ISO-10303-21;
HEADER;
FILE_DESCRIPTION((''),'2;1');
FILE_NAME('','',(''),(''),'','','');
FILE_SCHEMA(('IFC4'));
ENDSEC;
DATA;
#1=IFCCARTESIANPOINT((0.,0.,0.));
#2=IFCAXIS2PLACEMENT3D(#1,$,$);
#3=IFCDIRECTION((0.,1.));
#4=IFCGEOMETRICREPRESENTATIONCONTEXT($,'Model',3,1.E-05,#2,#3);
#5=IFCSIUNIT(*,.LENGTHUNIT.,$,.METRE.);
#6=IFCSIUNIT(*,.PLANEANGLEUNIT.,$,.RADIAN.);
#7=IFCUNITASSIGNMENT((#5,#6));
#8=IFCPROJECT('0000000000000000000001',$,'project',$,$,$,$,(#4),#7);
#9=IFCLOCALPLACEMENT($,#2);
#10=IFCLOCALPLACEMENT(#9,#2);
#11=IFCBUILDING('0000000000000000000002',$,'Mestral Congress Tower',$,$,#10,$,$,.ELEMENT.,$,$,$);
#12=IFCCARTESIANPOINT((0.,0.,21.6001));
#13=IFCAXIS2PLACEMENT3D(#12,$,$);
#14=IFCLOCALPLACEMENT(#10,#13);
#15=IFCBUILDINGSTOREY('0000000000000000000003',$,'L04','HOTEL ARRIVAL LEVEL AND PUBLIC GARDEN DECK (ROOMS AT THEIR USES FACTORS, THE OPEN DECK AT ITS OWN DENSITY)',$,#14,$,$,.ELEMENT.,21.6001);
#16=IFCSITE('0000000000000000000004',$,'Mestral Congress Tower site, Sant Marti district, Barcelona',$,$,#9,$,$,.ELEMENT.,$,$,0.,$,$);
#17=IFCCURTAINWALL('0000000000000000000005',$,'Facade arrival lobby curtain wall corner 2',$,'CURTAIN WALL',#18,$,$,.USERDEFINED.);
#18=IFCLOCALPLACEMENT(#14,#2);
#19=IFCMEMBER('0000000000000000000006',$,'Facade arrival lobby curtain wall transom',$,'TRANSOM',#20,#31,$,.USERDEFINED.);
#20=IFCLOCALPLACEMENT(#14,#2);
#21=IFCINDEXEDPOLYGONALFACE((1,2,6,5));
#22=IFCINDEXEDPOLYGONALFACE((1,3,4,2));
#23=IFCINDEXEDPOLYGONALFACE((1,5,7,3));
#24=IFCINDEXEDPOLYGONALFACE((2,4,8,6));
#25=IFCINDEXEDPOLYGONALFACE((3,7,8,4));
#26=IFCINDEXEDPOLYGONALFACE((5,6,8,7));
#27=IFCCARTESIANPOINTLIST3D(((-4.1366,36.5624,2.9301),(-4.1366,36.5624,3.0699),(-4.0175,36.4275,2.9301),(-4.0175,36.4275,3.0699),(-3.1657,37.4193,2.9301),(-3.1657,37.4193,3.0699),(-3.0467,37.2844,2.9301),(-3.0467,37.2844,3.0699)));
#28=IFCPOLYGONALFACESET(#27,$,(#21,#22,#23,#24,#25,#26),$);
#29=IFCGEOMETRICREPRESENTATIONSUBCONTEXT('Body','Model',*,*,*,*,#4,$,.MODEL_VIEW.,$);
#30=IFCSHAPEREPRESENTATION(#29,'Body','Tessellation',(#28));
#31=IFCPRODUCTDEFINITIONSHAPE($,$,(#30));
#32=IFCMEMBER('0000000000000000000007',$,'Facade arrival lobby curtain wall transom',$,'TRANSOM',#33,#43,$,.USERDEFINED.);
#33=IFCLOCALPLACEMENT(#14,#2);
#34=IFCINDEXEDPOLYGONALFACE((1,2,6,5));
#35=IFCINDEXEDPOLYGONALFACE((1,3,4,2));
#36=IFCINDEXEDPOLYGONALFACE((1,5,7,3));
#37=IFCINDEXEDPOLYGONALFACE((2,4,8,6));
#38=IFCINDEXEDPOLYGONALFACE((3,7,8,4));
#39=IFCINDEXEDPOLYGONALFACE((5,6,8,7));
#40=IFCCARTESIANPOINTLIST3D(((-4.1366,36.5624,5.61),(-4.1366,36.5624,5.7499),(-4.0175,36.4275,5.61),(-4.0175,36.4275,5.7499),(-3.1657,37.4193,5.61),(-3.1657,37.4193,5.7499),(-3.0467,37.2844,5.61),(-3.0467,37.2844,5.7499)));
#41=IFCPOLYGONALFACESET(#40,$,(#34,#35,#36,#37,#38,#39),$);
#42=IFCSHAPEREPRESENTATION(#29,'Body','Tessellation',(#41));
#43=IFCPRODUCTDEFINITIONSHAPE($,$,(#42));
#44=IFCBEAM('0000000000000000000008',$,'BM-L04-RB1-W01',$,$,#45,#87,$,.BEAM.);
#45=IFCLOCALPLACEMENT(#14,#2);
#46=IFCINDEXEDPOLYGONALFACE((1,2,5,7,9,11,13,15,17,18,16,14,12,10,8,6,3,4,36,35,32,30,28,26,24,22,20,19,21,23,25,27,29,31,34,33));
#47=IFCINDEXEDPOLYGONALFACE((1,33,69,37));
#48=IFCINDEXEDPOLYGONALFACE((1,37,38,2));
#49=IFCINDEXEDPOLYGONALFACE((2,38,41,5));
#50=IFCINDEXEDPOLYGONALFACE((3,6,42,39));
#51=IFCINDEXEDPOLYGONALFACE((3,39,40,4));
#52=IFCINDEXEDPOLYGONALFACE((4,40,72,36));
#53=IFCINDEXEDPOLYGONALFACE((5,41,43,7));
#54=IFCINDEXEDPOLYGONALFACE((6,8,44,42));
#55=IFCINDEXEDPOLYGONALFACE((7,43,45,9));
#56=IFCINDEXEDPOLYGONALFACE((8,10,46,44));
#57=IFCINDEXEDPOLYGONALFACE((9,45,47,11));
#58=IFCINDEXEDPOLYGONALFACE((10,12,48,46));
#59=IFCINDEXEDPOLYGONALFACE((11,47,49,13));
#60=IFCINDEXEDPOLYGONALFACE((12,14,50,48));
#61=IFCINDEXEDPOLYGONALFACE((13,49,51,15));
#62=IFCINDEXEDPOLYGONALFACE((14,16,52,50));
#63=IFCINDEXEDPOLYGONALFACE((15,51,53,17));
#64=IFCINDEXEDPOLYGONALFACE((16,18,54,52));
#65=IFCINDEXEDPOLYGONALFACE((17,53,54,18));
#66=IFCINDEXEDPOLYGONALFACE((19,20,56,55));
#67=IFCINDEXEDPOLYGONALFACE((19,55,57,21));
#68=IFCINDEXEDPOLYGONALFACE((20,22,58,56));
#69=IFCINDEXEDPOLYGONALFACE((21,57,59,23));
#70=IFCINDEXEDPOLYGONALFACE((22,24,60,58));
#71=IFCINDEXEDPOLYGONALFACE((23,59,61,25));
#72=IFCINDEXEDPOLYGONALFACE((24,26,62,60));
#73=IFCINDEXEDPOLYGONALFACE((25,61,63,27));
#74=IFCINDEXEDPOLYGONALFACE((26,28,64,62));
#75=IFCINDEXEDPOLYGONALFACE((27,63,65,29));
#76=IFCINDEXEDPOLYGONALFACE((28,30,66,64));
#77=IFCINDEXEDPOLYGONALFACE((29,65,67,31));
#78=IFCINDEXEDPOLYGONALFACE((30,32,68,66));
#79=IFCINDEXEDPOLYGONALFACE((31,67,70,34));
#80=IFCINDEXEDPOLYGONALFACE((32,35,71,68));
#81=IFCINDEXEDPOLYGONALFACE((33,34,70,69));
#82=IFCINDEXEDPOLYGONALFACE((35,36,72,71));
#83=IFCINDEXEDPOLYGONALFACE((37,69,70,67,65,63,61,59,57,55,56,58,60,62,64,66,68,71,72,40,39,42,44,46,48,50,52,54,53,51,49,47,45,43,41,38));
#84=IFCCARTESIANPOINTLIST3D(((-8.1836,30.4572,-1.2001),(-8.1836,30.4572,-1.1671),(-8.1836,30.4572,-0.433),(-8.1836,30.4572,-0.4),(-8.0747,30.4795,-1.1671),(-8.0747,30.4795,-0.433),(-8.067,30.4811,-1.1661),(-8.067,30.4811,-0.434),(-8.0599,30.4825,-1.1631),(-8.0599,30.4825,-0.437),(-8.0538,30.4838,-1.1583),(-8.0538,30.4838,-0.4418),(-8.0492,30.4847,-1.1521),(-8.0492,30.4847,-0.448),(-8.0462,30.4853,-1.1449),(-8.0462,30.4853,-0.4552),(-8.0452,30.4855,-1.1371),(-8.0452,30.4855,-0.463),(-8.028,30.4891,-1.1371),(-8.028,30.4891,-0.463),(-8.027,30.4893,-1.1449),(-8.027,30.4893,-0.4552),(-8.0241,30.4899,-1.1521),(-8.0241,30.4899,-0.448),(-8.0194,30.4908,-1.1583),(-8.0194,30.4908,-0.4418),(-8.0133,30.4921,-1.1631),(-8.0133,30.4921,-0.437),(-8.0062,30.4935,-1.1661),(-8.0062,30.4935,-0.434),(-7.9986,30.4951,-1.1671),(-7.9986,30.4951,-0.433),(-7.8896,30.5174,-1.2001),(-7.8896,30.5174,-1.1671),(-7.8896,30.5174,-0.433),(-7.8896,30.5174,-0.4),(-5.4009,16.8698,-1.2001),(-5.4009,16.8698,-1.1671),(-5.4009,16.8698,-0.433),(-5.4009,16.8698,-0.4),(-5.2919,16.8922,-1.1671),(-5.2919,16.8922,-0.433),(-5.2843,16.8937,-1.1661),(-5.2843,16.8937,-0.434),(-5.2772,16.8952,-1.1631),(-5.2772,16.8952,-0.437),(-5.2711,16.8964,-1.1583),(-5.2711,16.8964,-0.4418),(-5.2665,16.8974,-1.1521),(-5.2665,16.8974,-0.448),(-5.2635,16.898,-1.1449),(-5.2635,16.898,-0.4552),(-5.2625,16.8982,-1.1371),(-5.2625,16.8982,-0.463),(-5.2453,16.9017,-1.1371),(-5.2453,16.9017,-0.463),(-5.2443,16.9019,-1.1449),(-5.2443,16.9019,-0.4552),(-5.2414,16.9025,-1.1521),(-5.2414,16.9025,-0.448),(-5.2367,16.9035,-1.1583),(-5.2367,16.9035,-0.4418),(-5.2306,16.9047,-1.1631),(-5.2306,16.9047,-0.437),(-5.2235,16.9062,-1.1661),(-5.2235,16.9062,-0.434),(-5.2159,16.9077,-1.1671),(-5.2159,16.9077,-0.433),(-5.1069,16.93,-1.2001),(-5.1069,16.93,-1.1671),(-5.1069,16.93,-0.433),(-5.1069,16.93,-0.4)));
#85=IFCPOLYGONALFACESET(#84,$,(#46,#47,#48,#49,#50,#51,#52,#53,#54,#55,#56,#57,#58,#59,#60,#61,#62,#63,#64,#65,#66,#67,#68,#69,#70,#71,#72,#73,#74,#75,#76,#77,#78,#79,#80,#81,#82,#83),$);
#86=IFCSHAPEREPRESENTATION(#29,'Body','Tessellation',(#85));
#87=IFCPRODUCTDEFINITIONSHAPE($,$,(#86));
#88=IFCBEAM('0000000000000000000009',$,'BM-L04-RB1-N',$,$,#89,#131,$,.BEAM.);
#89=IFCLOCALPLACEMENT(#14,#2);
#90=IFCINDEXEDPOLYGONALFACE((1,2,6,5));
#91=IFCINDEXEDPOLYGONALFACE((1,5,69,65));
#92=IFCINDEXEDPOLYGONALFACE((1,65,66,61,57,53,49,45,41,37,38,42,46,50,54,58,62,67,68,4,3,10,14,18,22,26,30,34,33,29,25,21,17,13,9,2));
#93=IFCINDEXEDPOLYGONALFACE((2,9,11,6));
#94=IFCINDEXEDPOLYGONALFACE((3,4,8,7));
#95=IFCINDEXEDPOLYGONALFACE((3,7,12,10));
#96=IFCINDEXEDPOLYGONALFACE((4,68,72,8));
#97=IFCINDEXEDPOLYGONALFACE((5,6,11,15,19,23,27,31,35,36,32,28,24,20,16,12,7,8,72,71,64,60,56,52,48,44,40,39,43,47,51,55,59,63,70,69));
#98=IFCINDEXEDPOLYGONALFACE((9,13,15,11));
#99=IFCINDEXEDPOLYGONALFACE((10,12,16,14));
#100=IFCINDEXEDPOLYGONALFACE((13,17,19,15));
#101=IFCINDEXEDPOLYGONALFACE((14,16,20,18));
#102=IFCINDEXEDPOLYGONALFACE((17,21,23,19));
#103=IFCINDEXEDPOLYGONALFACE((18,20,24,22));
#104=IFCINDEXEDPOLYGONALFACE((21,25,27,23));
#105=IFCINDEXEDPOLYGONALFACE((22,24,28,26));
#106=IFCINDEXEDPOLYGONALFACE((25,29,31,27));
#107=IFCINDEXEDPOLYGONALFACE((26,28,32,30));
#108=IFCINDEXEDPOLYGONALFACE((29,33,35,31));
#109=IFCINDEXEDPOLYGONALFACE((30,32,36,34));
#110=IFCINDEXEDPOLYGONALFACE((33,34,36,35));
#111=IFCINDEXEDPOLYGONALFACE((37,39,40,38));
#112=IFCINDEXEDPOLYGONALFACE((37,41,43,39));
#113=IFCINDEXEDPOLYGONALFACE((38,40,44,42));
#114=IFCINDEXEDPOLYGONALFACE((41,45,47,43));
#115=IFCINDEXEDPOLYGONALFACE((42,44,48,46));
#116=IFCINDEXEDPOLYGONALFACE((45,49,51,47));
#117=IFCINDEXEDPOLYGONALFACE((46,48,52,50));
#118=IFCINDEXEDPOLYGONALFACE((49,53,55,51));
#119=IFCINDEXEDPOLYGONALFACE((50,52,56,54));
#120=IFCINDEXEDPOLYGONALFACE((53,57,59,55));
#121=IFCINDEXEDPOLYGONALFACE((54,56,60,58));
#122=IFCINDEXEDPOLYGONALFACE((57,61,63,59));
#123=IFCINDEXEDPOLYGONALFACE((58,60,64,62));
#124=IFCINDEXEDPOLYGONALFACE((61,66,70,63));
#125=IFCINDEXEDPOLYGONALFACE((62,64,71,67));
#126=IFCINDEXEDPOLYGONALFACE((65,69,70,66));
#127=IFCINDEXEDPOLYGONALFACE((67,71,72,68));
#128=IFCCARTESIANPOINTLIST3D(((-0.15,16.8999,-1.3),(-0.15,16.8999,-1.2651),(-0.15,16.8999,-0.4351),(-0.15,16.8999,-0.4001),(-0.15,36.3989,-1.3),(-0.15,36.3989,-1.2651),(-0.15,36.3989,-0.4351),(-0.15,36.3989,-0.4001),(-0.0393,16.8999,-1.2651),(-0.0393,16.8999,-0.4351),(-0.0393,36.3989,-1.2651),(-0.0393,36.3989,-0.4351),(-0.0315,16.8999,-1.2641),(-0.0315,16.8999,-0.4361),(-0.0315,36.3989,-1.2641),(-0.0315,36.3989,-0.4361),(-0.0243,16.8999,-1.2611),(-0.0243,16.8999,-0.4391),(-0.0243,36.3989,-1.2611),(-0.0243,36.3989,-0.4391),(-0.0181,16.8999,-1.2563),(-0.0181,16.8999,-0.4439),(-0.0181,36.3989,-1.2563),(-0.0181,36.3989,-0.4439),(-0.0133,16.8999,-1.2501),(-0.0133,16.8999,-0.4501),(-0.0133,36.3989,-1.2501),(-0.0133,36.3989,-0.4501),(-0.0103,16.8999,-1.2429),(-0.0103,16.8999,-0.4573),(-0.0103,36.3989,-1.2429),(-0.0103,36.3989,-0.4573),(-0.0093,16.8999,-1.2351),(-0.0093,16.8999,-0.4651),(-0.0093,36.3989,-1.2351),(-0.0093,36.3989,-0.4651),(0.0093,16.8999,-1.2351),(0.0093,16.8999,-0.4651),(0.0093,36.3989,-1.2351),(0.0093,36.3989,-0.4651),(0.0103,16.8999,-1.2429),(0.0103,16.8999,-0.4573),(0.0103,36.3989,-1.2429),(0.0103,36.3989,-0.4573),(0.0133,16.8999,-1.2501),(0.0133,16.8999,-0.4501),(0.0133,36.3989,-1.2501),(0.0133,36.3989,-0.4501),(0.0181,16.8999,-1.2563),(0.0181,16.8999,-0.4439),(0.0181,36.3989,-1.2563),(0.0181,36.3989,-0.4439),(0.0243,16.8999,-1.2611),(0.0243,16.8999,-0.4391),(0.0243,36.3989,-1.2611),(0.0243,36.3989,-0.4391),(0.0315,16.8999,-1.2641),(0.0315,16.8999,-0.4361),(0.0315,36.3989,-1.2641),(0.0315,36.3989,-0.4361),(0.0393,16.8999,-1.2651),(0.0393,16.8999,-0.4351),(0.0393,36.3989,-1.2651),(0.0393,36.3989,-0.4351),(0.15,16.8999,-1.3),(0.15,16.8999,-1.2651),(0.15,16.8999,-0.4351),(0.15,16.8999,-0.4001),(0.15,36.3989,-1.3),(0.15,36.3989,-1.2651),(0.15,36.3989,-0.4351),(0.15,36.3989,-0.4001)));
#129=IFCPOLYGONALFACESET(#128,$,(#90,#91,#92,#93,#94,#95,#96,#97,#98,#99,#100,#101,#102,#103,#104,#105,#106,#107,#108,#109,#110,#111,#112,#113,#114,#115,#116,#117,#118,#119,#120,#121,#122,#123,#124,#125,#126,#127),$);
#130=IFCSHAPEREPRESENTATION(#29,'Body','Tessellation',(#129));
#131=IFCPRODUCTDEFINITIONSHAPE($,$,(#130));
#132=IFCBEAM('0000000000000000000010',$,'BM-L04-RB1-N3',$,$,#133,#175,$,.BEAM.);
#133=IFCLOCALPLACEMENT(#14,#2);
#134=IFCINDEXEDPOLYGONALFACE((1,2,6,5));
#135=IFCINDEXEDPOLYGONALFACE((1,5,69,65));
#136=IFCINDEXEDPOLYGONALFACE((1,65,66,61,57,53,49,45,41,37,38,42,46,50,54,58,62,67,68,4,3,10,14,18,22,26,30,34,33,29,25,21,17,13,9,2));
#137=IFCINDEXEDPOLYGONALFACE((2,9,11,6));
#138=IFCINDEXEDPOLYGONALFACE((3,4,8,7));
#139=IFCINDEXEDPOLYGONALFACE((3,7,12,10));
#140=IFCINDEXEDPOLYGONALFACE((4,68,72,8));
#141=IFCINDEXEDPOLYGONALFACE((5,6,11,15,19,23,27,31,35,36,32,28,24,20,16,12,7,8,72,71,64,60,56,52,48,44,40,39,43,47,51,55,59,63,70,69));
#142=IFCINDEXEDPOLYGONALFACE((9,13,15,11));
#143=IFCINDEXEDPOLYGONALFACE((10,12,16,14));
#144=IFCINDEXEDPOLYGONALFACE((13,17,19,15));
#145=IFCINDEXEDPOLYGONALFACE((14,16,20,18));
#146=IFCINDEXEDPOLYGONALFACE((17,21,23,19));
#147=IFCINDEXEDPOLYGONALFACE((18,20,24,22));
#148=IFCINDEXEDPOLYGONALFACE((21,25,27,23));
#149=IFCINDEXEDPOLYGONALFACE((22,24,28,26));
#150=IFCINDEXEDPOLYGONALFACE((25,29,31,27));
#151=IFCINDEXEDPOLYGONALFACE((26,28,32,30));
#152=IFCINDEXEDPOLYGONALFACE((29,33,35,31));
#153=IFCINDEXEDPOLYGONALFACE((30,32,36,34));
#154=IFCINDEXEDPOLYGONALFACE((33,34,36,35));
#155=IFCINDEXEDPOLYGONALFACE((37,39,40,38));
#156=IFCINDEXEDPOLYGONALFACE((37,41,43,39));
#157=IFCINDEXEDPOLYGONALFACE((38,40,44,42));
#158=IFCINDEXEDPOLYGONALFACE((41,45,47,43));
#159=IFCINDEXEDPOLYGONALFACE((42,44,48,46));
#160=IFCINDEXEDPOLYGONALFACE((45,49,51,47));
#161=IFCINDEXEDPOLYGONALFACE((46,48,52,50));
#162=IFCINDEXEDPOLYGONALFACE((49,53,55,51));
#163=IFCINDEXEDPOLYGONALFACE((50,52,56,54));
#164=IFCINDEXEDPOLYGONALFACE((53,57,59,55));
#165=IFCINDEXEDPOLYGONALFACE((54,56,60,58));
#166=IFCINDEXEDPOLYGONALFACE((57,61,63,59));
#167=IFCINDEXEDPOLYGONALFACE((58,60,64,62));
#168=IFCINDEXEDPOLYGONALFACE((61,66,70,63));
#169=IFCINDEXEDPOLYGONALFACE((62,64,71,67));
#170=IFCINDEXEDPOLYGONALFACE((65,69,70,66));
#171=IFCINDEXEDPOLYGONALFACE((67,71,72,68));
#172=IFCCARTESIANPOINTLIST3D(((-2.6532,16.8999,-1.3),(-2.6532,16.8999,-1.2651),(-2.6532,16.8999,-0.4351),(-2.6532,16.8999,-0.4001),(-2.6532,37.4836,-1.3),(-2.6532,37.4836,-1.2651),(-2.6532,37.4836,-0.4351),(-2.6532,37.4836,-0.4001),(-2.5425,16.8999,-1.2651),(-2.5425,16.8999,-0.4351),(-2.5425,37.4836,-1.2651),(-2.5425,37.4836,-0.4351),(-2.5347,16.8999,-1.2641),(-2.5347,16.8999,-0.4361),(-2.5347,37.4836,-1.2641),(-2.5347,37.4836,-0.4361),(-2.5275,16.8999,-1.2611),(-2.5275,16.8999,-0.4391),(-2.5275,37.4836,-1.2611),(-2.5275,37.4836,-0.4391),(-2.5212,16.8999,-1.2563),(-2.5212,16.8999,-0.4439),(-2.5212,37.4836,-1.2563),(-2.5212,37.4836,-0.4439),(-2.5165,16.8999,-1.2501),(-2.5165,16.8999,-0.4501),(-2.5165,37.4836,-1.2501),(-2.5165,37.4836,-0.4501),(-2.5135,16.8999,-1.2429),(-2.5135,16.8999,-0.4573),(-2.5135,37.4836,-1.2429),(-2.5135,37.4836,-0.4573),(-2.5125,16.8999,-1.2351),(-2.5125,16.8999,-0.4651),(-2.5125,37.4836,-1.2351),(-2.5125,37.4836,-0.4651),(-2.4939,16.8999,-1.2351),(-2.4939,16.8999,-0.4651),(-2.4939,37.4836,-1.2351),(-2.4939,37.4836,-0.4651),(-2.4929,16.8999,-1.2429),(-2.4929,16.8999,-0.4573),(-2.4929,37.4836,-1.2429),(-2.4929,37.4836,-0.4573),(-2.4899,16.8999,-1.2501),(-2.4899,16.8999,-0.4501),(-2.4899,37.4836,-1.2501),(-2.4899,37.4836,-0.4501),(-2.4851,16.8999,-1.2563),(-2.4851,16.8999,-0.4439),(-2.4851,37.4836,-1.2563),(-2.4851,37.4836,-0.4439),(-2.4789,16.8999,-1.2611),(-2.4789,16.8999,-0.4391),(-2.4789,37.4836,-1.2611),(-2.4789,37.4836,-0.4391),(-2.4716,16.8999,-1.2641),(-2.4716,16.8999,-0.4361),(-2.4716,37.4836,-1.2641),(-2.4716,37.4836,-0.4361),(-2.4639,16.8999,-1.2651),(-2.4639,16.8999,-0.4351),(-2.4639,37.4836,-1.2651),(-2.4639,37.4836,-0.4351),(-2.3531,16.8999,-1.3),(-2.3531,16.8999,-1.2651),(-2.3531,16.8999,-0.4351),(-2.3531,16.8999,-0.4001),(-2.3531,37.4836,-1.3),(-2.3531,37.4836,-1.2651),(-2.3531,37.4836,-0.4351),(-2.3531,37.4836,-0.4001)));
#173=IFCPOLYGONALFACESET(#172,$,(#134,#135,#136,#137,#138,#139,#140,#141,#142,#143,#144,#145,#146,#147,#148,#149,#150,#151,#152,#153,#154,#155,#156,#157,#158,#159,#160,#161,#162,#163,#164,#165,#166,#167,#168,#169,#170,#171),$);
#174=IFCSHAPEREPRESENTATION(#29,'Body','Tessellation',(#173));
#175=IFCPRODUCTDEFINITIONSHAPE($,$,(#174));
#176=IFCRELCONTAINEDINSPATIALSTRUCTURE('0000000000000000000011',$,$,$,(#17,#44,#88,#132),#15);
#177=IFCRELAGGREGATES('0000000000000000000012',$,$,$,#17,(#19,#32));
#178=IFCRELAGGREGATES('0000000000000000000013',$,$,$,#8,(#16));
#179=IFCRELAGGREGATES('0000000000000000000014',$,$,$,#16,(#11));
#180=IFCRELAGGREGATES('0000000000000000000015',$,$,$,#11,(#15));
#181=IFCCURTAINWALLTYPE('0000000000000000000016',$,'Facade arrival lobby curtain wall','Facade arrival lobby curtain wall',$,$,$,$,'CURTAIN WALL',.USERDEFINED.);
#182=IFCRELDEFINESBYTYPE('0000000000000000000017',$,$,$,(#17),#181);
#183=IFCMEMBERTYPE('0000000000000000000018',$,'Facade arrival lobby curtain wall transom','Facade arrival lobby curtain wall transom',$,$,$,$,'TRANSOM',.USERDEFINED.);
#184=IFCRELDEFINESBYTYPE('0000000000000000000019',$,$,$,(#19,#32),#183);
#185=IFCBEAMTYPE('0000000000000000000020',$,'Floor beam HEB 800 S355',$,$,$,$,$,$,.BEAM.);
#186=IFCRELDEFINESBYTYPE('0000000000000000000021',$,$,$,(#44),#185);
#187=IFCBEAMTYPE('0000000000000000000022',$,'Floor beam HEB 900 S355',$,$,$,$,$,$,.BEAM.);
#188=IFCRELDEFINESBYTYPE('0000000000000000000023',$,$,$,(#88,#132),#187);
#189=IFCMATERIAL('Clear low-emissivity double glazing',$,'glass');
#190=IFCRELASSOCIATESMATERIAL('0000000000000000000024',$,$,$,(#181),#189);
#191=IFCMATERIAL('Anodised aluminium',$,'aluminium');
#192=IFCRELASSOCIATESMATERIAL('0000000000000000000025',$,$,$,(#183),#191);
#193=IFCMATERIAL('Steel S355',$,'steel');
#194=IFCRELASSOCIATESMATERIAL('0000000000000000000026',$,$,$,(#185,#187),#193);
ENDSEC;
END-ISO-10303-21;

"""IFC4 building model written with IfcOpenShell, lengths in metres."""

from ifc_helpers import new_model, si_unit, direction, frame, origin, origin_2d, place, context, subcontext, project, spatial, rectangle, i_section, extrude, material, material_profile, profile_set, type_object, element, aggregate, save


model = new_model("IFC4")

# Units and contexts
model_context = context("Model", 3, precision=1e-05, world=origin(), true_north=direction((0.0, 1.0)))
body_context = subcontext(model_context, "Body", "Model", "MODEL_VIEW")
ifc_project = project(units=[si_unit("LENGTHUNIT", "METRE"), si_unit("PLANEANGLEUNIT", "RADIAN")], contexts=[model_context])

# Site, building, storey
site_placement = place(None, origin())
site = spatial("IfcSite", under=ifc_project, at=site_placement, Name="Mestral Congress Tower site, Sant Marti district, Barcelona", CompositionType="ELEMENT", RefElevation=0.0)
building_placement = place(site_placement, origin())
building = spatial("IfcBuilding", under=site, at=building_placement, Name="Mestral Congress Tower", CompositionType="ELEMENT")
storey_placement = place(building_placement, frame((0.0, 0.0, 21.6001)))
storey = spatial("IfcBuildingStorey", under=building, at=storey_placement, Name="L04", Description="HOTEL ARRIVAL LEVEL AND PUBLIC GARDEN DECK (ROOMS AT THEIR USES FACTORS, THE OPEN DECK AT ITS OWN DENSITY)", CompositionType="ELEMENT", Elevation=21.6001)

# Curtain wall
ifc_material_1 = material(Name="Clear low-emissivity double glazing", Category="glass")
curtain_wall_type = type_object("IfcCurtainWallType", Name="Facade arrival lobby curtain wall", Description="Facade arrival lobby curtain wall", ElementType="CURTAIN WALL", PredefinedType="USERDEFINED", material=ifc_material_1)
placement = place(storey_placement, origin())
ifc_material_2 = material(Name="Anodised aluminium", Category="aluminium")
curtain_wall_1 = element("IfcCurtainWall", 1, at=placement, inside=storey, type_object=curtain_wall_type, Name="Facade arrival lobby curtain wall corner 2", ObjectType="CURTAIN WALL", PredefinedType="USERDEFINED")

# Members
ifc_material_profile_1 = material_profile(ifc_material_2, rectangle(XDim=0.1799, YDim=0.1399, at=origin_2d()), Name="CW4 transom 180 x 140")
ifc_profile_set_1 = profile_set([ifc_material_profile_1], Name="Anodised aluminium")
member_type_1 = type_object("IfcMemberType", Name="Facade arrival lobby curtain wall transom", Description="Facade arrival lobby curtain wall transom", ElementType="TRANSOM", PredefinedType="USERDEFINED", material=ifc_profile_set_1)
member_1_placement = place(storey_placement, frame((-3.1062, 37.3518, 3.0), z_axis=(-0.749755, -0.661715, 0.0), x_axis=(0.661715, -0.749755, 0.0)))
member_1 = element("IfcMember", 2, at=member_1_placement, type_object=member_type_1, Name="Facade arrival lobby curtain wall transom", ObjectType="TRANSOM", PredefinedType="USERDEFINED", context=body_context, shape_type="SweptSolid", body=[
    extrude(rectangle(XDim=0.1799, YDim=0.1399, at=origin_2d()), origin(), (0.0, 0.0, 1.0), 1.2949),
])
member_2_placement = place(storey_placement, frame((-3.1062, 37.3518, 5.6799), z_axis=(-0.749755, -0.661715, 0.0), x_axis=(0.661715, -0.749755, 0.0)))
member_2 = element("IfcMember", 3, at=member_2_placement, type_object=member_type_1, Name="Facade arrival lobby curtain wall transom", ObjectType="TRANSOM", PredefinedType="USERDEFINED", context=body_context, shape_type="SweptSolid", body=[
    extrude(rectangle(XDim=0.1799, YDim=0.1399, at=origin_2d()), origin(), (0.0, 0.0, 1.0), 1.2949),
])

# Beams
ifc_material_3 = material(Name="Steel S355", Category="steel")
ifc_material_profile_2 = material_profile(ifc_material_3, i_section(OverallWidth=0.3, OverallDepth=0.8, WebThickness=0.0176, FlangeThickness=0.033, FilletRadius=0.03, at=origin_2d()), Name="HEB 800")
ifc_profile_set_2 = profile_set([ifc_material_profile_2], Name="Steel S355")
beam_type_1 = type_object("IfcBeamType", Name="Floor beam HEB 800 S355", PredefinedType="BEAM", material=ifc_profile_set_2)
beam_1_placement = place(storey_placement, frame((-8.0366, 30.4873, -0.8), z_axis=(0.200637, -0.979666, 0.0), x_axis=(0.979666, 0.200637, 0.0)))
element("IfcBeam", 4, at=beam_1_placement, inside=storey, type_object=beam_type_1, Name="BM-L04-RB1-W01", PredefinedType="BEAM", context=body_context, shape_type="SweptSolid", body=[
    extrude(i_section(OverallWidth=0.3, OverallDepth=0.8, WebThickness=0.0176, FlangeThickness=0.033, FilletRadius=0.03, at=origin_2d()), origin(), (0.0, 0.0, 1.0), 13.8694),
])
ifc_material_profile_3 = material_profile(ifc_material_3, i_section(OverallWidth=0.3, OverallDepth=0.8999, WebThickness=0.0186, FlangeThickness=0.0349, FilletRadius=0.03, at=origin_2d()), Name="HEB 900")
ifc_profile_set_3 = profile_set([ifc_material_profile_3], Name="Steel S355")
beam_type_2 = type_object("IfcBeamType", Name="Floor beam HEB 900 S355", PredefinedType="BEAM", material=ifc_profile_set_3)
beam_2_placement = place(storey_placement, frame((0.0, 36.3989, -0.8501), z_axis=(0.0, -1.0, 0.0), x_axis=(1.0, 0.0, 0.0)))
element("IfcBeam", 5, at=beam_2_placement, inside=storey, type_object=beam_type_2, Name="BM-L04-RB1-N", PredefinedType="BEAM", context=body_context, shape_type="SweptSolid", body=[
    extrude(i_section(OverallWidth=0.3, OverallDepth=0.8999, WebThickness=0.0186, FlangeThickness=0.0349, FilletRadius=0.03, at=origin_2d()), origin(), (0.0, 0.0, 1.0), 19.499),
])
beam_3_placement = place(storey_placement, frame((-2.5032, 37.4836, -0.8501), z_axis=(0.0, -1.0, 0.0), x_axis=(1.0, 0.0, 0.0)))
element("IfcBeam", 6, at=beam_3_placement, inside=storey, type_object=beam_type_2, Name="BM-L04-RB1-N3", PredefinedType="BEAM", context=body_context, shape_type="SweptSolid", body=[
    extrude(i_section(OverallWidth=0.3, OverallDepth=0.8999, WebThickness=0.0186, FlangeThickness=0.0349, FilletRadius=0.03, at=origin_2d()), origin(), (0.0, 0.0, 1.0), 20.5837),
])

aggregate(curtain_wall_1, [member_1, member_2])

save(model, "model.ifc")
